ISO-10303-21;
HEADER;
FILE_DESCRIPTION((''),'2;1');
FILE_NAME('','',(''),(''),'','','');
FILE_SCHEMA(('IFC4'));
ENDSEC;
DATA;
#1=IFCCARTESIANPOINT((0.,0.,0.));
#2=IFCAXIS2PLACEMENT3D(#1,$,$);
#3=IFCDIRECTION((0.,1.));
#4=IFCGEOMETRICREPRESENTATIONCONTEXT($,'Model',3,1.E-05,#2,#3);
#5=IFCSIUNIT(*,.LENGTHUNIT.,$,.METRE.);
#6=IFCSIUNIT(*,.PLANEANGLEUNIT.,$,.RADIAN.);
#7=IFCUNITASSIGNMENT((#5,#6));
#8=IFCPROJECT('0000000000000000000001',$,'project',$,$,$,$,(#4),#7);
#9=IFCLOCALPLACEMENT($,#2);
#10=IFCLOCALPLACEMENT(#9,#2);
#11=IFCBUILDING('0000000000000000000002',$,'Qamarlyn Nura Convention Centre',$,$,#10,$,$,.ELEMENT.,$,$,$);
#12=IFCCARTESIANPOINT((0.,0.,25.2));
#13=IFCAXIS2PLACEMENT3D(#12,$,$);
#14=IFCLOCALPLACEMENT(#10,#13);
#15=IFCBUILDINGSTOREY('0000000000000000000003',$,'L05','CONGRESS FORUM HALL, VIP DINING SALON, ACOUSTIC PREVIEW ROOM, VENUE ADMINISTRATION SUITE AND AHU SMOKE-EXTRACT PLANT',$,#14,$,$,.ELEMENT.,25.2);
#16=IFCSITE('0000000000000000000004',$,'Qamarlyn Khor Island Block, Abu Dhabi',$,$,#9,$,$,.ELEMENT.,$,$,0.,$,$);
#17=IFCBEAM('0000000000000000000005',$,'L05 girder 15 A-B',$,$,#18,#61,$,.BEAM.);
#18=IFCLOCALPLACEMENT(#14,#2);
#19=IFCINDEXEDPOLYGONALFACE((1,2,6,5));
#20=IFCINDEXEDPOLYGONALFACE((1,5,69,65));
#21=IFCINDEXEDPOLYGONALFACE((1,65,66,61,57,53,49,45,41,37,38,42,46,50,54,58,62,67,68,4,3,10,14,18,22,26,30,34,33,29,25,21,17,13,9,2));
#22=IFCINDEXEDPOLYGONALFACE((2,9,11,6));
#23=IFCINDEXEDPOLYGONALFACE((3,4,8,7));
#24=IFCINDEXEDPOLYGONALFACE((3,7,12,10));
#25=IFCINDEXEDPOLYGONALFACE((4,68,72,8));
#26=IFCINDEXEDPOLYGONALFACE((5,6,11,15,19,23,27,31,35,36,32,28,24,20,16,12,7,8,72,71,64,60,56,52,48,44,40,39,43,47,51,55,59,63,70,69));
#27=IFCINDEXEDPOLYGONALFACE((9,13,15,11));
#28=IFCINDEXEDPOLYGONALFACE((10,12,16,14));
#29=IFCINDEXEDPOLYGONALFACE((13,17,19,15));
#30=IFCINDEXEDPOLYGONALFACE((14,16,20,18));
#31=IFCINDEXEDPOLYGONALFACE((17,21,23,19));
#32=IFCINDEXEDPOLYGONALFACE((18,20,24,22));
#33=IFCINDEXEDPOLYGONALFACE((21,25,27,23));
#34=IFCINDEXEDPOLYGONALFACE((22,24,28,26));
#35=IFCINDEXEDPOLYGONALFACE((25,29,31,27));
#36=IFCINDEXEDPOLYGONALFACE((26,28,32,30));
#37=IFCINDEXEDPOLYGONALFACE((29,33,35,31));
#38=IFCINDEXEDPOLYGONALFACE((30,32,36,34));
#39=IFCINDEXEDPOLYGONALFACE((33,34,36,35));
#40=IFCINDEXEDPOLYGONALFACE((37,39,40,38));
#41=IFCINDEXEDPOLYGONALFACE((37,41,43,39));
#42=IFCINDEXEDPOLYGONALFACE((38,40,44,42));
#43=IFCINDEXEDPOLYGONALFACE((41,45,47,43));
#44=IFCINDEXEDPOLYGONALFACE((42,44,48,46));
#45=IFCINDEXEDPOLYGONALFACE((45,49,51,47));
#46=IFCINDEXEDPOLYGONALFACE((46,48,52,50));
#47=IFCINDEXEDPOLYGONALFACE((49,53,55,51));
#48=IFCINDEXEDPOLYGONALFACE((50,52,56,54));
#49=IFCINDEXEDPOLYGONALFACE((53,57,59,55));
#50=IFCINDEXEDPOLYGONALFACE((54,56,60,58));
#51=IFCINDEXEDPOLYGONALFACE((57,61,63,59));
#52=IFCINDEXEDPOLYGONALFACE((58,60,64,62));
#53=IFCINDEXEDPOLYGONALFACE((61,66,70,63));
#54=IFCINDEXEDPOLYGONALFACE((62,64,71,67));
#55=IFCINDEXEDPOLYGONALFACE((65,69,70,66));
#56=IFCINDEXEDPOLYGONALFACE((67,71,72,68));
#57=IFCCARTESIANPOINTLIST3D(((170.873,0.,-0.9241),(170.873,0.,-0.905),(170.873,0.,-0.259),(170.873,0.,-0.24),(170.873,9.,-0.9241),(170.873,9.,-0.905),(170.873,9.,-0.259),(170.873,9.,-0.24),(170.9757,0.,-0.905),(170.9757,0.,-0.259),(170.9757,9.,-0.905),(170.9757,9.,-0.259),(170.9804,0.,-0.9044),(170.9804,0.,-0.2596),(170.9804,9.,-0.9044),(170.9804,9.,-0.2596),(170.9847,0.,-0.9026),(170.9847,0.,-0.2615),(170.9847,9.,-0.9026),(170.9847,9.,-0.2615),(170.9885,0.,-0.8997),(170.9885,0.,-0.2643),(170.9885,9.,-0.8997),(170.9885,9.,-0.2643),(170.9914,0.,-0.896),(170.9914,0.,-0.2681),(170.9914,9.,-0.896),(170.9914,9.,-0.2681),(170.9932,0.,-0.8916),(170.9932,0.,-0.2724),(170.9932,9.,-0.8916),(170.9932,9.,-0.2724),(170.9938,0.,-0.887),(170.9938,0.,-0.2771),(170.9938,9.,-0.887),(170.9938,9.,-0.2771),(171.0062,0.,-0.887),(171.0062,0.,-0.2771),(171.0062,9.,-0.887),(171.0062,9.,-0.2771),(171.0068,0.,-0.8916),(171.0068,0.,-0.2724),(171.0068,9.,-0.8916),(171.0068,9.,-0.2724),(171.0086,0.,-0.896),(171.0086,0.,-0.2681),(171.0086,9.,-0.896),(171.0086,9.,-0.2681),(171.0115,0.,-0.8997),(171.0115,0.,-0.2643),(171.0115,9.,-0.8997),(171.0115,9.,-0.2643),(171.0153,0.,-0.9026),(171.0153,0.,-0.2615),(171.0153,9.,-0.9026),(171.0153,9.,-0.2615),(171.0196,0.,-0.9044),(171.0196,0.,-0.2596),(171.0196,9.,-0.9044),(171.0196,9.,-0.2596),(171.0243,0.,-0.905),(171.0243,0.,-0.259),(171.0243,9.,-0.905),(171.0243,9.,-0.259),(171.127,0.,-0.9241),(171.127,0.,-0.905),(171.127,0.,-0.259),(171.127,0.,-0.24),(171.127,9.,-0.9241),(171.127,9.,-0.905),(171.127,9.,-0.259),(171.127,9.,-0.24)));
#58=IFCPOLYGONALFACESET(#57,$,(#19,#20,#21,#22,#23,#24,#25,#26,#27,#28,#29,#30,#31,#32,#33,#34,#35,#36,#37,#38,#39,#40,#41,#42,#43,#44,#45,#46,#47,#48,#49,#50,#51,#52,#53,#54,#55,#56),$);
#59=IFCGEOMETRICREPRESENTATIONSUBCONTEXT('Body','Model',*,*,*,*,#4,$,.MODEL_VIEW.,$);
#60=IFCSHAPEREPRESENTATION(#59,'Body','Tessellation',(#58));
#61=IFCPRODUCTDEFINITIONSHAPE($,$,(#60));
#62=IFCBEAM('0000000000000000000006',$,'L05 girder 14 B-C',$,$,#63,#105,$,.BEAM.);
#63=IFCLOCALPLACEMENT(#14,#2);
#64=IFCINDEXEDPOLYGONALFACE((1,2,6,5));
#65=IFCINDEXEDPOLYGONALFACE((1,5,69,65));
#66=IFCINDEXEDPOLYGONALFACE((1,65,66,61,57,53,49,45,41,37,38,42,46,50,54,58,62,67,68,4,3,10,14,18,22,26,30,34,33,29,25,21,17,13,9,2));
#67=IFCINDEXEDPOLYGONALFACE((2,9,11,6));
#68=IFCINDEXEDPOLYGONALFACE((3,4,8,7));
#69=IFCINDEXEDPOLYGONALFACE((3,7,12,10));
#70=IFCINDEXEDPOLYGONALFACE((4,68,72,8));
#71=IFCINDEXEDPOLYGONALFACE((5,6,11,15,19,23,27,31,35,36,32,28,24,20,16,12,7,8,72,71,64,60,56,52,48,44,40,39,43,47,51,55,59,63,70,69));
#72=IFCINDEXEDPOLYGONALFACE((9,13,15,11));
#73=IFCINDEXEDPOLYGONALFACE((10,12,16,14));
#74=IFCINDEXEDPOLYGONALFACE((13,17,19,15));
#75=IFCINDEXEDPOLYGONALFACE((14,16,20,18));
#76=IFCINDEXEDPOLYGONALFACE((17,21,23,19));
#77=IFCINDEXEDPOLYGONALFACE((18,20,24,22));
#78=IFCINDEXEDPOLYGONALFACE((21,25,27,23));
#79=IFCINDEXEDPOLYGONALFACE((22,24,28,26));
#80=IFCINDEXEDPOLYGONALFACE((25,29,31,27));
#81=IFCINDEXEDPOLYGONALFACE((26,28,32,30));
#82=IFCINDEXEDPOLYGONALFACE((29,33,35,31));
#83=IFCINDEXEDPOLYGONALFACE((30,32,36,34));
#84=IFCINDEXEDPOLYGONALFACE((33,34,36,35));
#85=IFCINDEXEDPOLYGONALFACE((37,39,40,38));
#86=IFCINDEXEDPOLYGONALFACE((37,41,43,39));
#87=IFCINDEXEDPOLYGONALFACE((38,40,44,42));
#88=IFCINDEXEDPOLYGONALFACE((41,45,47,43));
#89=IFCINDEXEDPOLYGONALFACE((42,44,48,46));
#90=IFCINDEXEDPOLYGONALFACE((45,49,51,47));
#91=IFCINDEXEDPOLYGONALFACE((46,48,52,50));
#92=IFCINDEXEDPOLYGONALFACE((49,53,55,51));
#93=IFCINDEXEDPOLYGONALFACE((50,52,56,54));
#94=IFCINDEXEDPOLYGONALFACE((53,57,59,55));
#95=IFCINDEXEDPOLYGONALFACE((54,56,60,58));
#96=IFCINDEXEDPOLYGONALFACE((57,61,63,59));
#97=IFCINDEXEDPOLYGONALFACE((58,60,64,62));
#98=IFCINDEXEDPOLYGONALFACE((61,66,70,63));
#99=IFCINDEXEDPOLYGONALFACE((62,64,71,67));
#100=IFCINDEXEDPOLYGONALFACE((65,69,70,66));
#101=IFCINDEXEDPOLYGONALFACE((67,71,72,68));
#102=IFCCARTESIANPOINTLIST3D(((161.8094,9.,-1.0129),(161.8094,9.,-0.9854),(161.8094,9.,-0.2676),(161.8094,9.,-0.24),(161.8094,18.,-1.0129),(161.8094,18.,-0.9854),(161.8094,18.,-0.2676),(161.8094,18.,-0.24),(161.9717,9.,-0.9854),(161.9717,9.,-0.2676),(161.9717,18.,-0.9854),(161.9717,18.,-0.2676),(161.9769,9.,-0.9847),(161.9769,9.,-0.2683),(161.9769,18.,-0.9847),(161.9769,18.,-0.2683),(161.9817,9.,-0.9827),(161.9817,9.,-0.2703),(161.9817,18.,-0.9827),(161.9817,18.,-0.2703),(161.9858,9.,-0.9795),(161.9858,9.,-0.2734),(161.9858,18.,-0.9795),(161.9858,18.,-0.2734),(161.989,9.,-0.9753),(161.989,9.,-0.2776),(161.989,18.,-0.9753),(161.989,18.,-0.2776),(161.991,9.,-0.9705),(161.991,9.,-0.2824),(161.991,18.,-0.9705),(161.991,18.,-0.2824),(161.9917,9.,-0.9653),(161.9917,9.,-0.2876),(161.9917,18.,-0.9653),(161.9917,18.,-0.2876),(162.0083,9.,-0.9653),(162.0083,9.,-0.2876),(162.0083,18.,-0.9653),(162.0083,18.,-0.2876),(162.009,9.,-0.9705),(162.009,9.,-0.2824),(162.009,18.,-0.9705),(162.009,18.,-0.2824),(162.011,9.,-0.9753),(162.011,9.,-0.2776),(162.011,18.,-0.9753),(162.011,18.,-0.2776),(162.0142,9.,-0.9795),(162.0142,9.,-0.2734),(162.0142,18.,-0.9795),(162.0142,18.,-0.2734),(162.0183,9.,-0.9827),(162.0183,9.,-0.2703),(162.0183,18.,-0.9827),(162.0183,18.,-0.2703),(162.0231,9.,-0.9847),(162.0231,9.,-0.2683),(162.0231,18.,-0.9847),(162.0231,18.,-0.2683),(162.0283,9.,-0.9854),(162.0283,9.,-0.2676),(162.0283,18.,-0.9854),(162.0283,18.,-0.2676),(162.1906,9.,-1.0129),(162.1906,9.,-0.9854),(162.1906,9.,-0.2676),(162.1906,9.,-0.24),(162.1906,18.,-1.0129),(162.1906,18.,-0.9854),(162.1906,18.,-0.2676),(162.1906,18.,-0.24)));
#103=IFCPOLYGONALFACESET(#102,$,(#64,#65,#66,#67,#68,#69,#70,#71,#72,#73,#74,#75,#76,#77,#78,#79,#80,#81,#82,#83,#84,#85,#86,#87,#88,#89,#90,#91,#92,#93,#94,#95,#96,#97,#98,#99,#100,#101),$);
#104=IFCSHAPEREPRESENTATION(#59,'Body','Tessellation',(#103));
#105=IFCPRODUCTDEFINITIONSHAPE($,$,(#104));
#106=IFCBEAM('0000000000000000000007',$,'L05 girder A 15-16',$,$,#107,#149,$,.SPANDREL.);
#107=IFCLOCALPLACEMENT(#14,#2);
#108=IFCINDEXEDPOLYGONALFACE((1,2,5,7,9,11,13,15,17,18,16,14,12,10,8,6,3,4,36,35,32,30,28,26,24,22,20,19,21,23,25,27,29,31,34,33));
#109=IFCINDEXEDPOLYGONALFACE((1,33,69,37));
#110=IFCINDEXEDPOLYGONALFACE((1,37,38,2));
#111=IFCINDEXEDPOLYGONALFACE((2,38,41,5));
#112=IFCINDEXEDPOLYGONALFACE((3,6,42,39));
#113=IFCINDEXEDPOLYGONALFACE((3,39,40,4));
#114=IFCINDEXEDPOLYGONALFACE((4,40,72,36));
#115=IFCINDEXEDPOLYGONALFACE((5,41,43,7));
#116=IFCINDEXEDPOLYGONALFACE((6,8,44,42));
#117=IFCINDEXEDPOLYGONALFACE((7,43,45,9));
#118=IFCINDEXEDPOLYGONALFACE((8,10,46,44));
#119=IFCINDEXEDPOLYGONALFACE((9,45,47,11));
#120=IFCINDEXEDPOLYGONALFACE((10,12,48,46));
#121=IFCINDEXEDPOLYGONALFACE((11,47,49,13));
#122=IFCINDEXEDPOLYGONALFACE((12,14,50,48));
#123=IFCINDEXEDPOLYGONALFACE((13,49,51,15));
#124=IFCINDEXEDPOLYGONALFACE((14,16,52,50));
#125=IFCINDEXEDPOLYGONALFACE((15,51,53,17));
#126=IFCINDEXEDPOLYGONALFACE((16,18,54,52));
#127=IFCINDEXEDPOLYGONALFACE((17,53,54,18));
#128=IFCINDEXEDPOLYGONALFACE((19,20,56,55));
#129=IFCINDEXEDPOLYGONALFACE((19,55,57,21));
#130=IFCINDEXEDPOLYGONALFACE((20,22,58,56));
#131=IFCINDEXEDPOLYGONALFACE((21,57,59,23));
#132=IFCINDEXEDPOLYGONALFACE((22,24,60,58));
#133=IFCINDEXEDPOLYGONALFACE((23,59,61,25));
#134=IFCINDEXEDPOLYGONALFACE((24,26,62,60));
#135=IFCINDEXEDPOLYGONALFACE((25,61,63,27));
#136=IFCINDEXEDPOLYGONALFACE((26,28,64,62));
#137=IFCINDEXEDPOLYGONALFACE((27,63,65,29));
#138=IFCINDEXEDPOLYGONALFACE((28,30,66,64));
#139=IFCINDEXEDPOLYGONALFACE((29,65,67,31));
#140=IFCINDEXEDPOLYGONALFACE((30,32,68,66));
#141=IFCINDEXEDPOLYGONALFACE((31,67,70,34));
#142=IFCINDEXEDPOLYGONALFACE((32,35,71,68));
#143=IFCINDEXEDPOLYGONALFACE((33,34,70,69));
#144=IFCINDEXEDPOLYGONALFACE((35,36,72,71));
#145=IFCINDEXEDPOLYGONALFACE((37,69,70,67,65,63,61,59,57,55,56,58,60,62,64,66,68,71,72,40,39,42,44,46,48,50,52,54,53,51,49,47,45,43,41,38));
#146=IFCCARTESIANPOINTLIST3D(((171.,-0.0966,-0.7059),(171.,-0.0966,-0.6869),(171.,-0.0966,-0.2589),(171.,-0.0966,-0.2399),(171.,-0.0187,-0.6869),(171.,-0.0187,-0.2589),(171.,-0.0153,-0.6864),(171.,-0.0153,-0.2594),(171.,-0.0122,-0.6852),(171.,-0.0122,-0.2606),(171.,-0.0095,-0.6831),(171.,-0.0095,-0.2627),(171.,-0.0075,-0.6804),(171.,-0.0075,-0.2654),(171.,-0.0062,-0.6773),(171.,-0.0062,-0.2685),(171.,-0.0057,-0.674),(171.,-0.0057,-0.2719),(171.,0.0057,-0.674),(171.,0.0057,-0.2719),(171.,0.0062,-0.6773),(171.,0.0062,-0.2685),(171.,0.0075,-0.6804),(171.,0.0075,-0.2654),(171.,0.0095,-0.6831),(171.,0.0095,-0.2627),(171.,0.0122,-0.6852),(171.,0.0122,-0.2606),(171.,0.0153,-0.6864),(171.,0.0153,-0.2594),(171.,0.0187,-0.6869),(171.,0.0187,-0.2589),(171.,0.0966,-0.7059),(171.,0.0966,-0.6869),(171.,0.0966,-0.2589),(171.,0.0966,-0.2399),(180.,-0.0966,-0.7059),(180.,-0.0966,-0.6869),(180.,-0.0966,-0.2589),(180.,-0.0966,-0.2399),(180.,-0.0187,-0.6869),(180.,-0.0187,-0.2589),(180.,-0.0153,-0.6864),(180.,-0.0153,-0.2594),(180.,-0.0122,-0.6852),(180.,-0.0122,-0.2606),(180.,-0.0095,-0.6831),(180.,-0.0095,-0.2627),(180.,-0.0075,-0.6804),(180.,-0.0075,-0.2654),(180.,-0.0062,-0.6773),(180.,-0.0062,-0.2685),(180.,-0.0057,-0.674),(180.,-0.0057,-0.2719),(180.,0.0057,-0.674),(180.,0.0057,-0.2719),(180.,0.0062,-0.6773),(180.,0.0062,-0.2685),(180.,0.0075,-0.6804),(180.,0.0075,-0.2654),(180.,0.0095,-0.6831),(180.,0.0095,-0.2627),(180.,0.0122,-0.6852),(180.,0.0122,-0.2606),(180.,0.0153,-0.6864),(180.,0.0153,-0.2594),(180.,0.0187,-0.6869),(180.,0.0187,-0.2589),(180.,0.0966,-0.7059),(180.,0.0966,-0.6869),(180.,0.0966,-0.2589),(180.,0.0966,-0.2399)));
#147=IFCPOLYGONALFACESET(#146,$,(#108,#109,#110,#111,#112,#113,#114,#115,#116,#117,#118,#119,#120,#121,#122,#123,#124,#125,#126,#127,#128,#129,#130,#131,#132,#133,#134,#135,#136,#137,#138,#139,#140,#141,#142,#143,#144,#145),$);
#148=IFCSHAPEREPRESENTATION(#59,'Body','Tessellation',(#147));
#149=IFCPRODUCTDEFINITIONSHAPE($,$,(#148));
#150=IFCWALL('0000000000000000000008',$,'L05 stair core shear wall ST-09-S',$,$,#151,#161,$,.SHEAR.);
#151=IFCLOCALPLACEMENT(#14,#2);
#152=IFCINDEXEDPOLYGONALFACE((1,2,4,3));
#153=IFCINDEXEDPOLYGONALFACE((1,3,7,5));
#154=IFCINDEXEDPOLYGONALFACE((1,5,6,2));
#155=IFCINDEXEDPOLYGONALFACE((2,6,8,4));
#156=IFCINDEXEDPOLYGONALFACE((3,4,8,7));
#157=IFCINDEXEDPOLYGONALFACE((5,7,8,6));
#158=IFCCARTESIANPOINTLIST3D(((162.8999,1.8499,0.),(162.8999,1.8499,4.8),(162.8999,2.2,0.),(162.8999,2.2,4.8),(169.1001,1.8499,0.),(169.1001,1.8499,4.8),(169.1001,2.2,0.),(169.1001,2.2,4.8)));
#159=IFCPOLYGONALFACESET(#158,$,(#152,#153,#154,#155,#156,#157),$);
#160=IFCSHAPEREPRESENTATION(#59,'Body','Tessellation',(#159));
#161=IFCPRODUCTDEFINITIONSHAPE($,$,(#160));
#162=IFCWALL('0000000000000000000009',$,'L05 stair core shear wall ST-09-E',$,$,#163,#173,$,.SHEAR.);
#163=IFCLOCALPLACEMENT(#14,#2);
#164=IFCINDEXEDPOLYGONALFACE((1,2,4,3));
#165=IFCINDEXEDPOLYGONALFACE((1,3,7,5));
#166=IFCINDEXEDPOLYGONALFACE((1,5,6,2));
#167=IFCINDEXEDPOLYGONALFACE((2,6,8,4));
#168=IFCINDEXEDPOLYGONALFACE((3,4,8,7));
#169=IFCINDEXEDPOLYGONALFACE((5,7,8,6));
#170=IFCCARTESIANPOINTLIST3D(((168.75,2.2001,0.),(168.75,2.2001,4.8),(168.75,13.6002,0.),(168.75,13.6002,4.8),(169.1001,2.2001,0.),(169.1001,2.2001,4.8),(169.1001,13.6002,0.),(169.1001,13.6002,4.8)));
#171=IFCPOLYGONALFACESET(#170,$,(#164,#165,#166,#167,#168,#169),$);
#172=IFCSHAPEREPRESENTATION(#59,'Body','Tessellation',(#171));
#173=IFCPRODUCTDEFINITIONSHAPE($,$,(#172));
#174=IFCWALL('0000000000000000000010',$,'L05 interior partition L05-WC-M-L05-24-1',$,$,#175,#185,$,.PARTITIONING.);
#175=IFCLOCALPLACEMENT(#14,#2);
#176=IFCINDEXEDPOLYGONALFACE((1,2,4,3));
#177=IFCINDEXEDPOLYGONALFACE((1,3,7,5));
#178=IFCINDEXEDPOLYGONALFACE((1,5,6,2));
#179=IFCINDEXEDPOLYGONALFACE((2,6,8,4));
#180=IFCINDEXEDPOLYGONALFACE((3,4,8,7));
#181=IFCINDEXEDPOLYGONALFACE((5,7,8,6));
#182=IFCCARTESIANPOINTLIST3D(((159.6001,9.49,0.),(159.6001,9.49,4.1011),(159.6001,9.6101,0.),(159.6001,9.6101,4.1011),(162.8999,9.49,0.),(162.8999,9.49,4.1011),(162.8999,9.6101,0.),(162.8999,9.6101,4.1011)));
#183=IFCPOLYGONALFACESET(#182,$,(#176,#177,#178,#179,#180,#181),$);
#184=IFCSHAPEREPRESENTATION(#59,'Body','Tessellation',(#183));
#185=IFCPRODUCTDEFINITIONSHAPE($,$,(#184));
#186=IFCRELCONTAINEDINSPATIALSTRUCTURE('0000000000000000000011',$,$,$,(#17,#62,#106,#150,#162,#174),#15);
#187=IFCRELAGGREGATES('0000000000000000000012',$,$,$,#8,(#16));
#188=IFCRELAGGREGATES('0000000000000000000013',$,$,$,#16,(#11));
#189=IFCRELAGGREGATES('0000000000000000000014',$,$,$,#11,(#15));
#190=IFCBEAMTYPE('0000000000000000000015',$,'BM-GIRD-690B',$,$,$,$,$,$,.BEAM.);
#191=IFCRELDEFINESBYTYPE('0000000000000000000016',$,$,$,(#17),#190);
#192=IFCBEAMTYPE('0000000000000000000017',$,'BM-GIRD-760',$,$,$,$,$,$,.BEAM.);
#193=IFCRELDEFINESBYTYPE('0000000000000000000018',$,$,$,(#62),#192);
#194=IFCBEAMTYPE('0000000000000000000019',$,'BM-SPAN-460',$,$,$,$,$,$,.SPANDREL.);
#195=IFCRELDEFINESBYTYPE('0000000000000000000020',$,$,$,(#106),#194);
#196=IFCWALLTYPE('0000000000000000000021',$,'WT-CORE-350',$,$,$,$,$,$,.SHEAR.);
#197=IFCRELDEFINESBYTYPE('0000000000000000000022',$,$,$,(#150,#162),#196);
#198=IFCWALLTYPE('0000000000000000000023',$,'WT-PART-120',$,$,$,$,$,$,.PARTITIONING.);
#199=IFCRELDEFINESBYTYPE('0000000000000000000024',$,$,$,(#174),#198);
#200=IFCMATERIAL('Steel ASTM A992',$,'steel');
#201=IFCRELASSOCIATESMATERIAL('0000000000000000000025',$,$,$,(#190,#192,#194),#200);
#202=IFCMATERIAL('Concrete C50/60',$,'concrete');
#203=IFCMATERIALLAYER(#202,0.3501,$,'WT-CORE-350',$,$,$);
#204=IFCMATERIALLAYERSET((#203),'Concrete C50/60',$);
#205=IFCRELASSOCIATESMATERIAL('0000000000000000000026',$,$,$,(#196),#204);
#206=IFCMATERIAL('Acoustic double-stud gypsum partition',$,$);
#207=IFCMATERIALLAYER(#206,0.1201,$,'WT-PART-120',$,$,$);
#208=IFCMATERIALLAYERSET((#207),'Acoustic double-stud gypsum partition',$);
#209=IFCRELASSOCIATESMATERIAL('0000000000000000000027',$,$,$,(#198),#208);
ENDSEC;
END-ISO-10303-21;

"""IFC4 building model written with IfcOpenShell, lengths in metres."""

from ifc_helpers import new_model, si_unit, direction, frame, frame_2d, origin, origin_2d, place, context, subcontext, project, spatial, rectangle, i_section, extrude, material, layer, layer_set, material_profile, profile_set, type_object, element, save


model = new_model("IFC4")

# Units and contexts
model_context = context("Model", 3, precision=1e-05, world=origin(), true_north=direction((0.0, 1.0)))
body_context = subcontext(model_context, "Body", "Model", "MODEL_VIEW")
ifc_project = project(units=[si_unit("LENGTHUNIT", "METRE"), si_unit("PLANEANGLEUNIT", "RADIAN")], contexts=[model_context])

# Site, building, storey
site_placement = place(None, origin())
site = spatial("IfcSite", under=ifc_project, at=site_placement, Name="Qamarlyn Khor Island Block, Abu Dhabi", CompositionType="ELEMENT", RefElevation=0.0)
building_placement = place(site_placement, origin())
building = spatial("IfcBuilding", under=site, at=building_placement, Name="Qamarlyn Nura Convention Centre", CompositionType="ELEMENT")
storey_placement = place(building_placement, frame((0.0, 0.0, 25.2)))
storey = spatial("IfcBuildingStorey", under=building, at=storey_placement, Name="L05", Description="CONGRESS FORUM HALL, VIP DINING SALON, ACOUSTIC PREVIEW ROOM, VENUE ADMINISTRATION SUITE AND AHU SMOKE-EXTRACT PLANT", CompositionType="ELEMENT", Elevation=25.2)

# Shared definitions
ifc_material_1 = material(Name="Steel ASTM A992", Category="steel")

# Beams
ifc_material_profile_1 = material_profile(ifc_material_1, i_section(OverallWidth=0.2539, OverallDepth=0.6841, WebThickness=0.0125, FlangeThickness=0.019, FilletRadius=0.0181, at=origin_2d()), Name="W690X140")
ifc_profile_set_1 = profile_set([ifc_material_profile_1], Name="Steel ASTM A992")
beam_type_1 = type_object("IfcBeamType", Name="BM-GIRD-690B", PredefinedType="BEAM", material=ifc_profile_set_1)
beam_1_placement = place(storey_placement, frame((171.0, 0.0, -0.582), z_axis=(0.0, 1.0, 0.0), x_axis=(-1.0, 0.0, 0.0)))
element("IfcBeam", 1, at=beam_1_placement, inside=storey, type_object=beam_type_1, Name="L05 girder 15 A-B", PredefinedType="BEAM", context=body_context, shape_type="SweptSolid", body=[
    extrude(i_section(OverallWidth=0.2539, OverallDepth=0.6841, WebThickness=0.0125, FlangeThickness=0.019, FilletRadius=0.0181, at=origin_2d()), origin(), (0.0, 0.0, 1.0), 9.0),
])
ifc_material_profile_2 = material_profile(ifc_material_1, i_section(OverallWidth=0.3811, OverallDepth=0.7729, WebThickness=0.0166, FlangeThickness=0.0276, FilletRadius=0.02, at=origin_2d()), Name="W760X257")
ifc_profile_set_2 = profile_set([ifc_material_profile_2], Name="Steel ASTM A992")
beam_type_2 = type_object("IfcBeamType", Name="BM-GIRD-760", PredefinedType="BEAM", material=ifc_profile_set_2)
beam_2_placement = place(storey_placement, frame((162.0, 9.0, -0.6265), z_axis=(0.0, 1.0, 0.0), x_axis=(-1.0, 0.0, 0.0)))
element("IfcBeam", 2, at=beam_2_placement, inside=storey, type_object=beam_type_2, Name="L05 girder 14 B-C", PredefinedType="BEAM", context=body_context, shape_type="SweptSolid", body=[
    extrude(i_section(OverallWidth=0.3811, OverallDepth=0.7729, WebThickness=0.0166, FlangeThickness=0.0276, FilletRadius=0.02, at=origin_2d()), origin(), (0.0, 0.0, 1.0), 9.0),
])
ifc_material_profile_3 = material_profile(ifc_material_1, i_section(OverallWidth=0.1931, OverallDepth=0.4661, WebThickness=0.0115, FlangeThickness=0.019, FilletRadius=0.0129, at=origin_2d()), Name="W460X97")
ifc_profile_set_3 = profile_set([ifc_material_profile_3], Name="Steel ASTM A992")
beam_type_3 = type_object("IfcBeamType", Name="BM-SPAN-460", PredefinedType="SPANDREL", material=ifc_profile_set_3)
beam_3_placement = place(storey_placement, frame((171.0, 0.0, -0.4729), z_axis=(1.0, 0.0, 0.0), x_axis=(0.0, 1.0, 0.0)))
element("IfcBeam", 3, at=beam_3_placement, inside=storey, type_object=beam_type_3, Name="L05 girder A 15-16", PredefinedType="SPANDREL", context=body_context, shape_type="SweptSolid", body=[
    extrude(i_section(OverallWidth=0.1931, OverallDepth=0.4661, WebThickness=0.0115, FlangeThickness=0.019, FilletRadius=0.0129, at=origin_2d()), origin(), (0.0, 0.0, 1.0), 9.0),
])

# Walls
ifc_material_2 = material(Name="Concrete C50/60", Category="concrete")
ifc_layer_1 = layer(ifc_material_2, 0.3501, Name="WT-CORE-350")
ifc_layer_set_1 = layer_set([ifc_layer_1], Name="Concrete C50/60")
wall_type_1 = type_object("IfcWallType", Name="WT-CORE-350", PredefinedType="SHEAR", material=ifc_layer_set_1)
wall_1_placement = place(storey_placement, frame((162.8999, 2.0249, 0.0), z_axis=(0.0, 0.0, 1.0), x_axis=(1.0, 0.0, 0.0)))
element("IfcWall", 4, at=wall_1_placement, inside=storey, type_object=wall_type_1, Name="L05 stair core shear wall ST-09-S", PredefinedType="SHEAR", context=body_context, shape_type="SweptSolid", body=[
    extrude(rectangle(XDim=6.2002, YDim=0.3501, at=frame_2d((3.1001, 0.0))), origin(), (0.0, 0.0, 1.0), 4.8),
])
wall_2_placement = place(storey_placement, frame((168.925, 2.2, 0.0), z_axis=(0.0, 0.0, 1.0), x_axis=(0.0, 1.0, 0.0)))
element("IfcWall", 5, at=wall_2_placement, inside=storey, type_object=wall_type_1, Name="L05 stair core shear wall ST-09-E", PredefinedType="SHEAR", context=body_context, shape_type="SweptSolid", body=[
    extrude(rectangle(XDim=11.4001, YDim=0.3501, at=frame_2d((5.7002, 0.0))), origin(), (0.0, 0.0, 1.0), 4.8),
])
ifc_material_3 = material(Name="Acoustic double-stud gypsum partition")
ifc_layer_2 = layer(ifc_material_3, 0.1201, Name="WT-PART-120")
ifc_layer_set_2 = layer_set([ifc_layer_2], Name="Acoustic double-stud gypsum partition")
wall_type_2 = type_object("IfcWallType", Name="WT-PART-120", PredefinedType="PARTITIONING", material=ifc_layer_set_2)
wall_3_placement = place(storey_placement, frame((162.8999, 9.55, 0.0), z_axis=(0.0, 0.0, 1.0), x_axis=(-1.0, 0.0, 0.0)))
element("IfcWall", 6, at=wall_3_placement, inside=storey, type_object=wall_type_2, Name="L05 interior partition L05-WC-M-L05-24-1", PredefinedType="PARTITIONING", context=body_context, shape_type="SweptSolid", body=[
    extrude(rectangle(XDim=3.2998, YDim=0.1201, at=frame_2d((1.6499, 0.0))), origin(), (0.0, 0.0, 1.0), 4.1011),
])

save(model, "model.ifc")
